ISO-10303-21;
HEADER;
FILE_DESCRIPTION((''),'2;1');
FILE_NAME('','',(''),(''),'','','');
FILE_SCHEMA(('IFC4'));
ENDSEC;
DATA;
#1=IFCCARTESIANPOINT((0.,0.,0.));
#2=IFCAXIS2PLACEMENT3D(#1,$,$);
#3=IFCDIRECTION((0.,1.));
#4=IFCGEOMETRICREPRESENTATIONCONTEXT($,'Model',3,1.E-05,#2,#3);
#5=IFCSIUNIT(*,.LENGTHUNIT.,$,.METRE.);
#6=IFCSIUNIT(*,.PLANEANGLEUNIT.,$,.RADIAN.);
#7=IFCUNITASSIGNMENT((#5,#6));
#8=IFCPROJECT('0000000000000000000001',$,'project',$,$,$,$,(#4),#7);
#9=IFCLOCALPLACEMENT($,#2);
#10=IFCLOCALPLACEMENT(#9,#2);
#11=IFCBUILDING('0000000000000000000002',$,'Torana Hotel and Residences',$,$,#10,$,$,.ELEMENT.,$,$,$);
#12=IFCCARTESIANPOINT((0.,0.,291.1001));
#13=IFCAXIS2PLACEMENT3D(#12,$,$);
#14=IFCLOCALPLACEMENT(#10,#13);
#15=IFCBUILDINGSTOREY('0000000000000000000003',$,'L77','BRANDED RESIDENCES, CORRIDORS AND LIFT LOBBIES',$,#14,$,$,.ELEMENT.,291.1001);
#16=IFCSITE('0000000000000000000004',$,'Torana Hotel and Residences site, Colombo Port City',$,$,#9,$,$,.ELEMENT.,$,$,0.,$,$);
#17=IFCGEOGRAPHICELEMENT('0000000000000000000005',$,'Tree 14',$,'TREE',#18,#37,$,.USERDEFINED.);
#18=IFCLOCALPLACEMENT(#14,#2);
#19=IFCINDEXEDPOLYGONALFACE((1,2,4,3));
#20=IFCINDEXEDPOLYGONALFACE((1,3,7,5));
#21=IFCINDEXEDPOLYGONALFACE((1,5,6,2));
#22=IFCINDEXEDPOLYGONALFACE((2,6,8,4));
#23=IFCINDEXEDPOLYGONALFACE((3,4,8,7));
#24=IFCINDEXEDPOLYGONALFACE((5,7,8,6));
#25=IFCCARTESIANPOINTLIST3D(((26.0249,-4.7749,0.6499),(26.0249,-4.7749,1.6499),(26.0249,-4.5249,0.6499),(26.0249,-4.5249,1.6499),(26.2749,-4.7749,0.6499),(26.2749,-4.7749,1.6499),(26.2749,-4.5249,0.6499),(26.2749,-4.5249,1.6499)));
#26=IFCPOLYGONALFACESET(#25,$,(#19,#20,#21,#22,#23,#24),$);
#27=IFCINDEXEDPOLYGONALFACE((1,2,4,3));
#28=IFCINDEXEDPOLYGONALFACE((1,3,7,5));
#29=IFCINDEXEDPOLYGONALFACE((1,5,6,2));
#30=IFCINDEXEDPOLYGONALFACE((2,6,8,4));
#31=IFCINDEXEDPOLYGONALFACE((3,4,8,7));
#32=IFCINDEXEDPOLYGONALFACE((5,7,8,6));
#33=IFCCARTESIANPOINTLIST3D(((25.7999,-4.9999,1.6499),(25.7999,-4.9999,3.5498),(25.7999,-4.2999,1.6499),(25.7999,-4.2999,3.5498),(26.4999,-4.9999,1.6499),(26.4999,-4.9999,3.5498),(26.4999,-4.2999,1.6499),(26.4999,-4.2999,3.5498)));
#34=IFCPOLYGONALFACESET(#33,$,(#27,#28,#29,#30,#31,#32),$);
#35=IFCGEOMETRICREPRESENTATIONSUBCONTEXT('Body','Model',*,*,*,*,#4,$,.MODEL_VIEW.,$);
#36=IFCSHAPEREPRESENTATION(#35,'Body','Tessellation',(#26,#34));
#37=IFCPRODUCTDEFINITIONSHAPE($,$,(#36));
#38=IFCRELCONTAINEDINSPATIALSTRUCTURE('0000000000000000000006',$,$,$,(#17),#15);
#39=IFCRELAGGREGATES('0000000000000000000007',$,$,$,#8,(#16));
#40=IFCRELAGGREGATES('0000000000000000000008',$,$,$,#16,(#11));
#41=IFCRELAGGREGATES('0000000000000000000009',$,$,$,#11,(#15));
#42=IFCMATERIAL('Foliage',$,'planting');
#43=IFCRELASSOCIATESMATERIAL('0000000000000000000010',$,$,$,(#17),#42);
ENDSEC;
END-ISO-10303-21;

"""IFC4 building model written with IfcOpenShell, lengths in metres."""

from ifc_helpers import new_model, si_unit, direction, frame, origin, origin_2d, place, context, subcontext, project, spatial, rectangle, extrude, material, element, save


model = new_model("IFC4")

# Units and contexts
model_context = context("Model", 3, precision=1e-05, world=origin(), true_north=direction((0.0, 1.0)))
body_context = subcontext(model_context, "Body", "Model", "MODEL_VIEW")
ifc_project = project(units=[si_unit("LENGTHUNIT", "METRE"), si_unit("PLANEANGLEUNIT", "RADIAN")], contexts=[model_context])

# Site, building, storey
site_placement = place(None, origin())
site = spatial("IfcSite", under=ifc_project, at=site_placement, Name="Torana Hotel and Residences site, Colombo Port City", CompositionType="ELEMENT", RefElevation=0.0)
building_placement = place(site_placement, origin())
building = spatial("IfcBuilding", under=site, at=building_placement, Name="Torana Hotel and Residences", CompositionType="ELEMENT")
storey_placement = place(building_placement, frame((0.0, 0.0, 291.1001)))
storey = spatial("IfcBuildingStorey", under=building, at=storey_placement, Name="L77", Description="BRANDED RESIDENCES, CORRIDORS AND LIFT LOBBIES", CompositionType="ELEMENT", Elevation=291.1001)

# Geographic element
ifc_material_1 = material(Name="Foliage", Category="planting")
geographic_element_placement = place(storey_placement, frame((26.1499, -4.6499, 0.6499), z_axis=(0.0, 0.0, 1.0), x_axis=(1.0, 0.0, 0.0)))
element("IfcGeographicElement", 1, at=geographic_element_placement, inside=storey, material=ifc_material_1, Name="Tree 14", ObjectType="TREE", PredefinedType="USERDEFINED", context=body_context, shape_type="SweptSolid", body=[
    extrude(rectangle(XDim=0.25, YDim=0.25, at=origin_2d()), origin(), (0.0, 0.0, 1.0), 1.0),
    extrude(rectangle(XDim=0.7, YDim=0.7, at=origin_2d()), frame((0.0, 0.0, 1.0)), (0.0, 0.0, 1.0), 1.8999),
])

save(model, "model.ifc")
